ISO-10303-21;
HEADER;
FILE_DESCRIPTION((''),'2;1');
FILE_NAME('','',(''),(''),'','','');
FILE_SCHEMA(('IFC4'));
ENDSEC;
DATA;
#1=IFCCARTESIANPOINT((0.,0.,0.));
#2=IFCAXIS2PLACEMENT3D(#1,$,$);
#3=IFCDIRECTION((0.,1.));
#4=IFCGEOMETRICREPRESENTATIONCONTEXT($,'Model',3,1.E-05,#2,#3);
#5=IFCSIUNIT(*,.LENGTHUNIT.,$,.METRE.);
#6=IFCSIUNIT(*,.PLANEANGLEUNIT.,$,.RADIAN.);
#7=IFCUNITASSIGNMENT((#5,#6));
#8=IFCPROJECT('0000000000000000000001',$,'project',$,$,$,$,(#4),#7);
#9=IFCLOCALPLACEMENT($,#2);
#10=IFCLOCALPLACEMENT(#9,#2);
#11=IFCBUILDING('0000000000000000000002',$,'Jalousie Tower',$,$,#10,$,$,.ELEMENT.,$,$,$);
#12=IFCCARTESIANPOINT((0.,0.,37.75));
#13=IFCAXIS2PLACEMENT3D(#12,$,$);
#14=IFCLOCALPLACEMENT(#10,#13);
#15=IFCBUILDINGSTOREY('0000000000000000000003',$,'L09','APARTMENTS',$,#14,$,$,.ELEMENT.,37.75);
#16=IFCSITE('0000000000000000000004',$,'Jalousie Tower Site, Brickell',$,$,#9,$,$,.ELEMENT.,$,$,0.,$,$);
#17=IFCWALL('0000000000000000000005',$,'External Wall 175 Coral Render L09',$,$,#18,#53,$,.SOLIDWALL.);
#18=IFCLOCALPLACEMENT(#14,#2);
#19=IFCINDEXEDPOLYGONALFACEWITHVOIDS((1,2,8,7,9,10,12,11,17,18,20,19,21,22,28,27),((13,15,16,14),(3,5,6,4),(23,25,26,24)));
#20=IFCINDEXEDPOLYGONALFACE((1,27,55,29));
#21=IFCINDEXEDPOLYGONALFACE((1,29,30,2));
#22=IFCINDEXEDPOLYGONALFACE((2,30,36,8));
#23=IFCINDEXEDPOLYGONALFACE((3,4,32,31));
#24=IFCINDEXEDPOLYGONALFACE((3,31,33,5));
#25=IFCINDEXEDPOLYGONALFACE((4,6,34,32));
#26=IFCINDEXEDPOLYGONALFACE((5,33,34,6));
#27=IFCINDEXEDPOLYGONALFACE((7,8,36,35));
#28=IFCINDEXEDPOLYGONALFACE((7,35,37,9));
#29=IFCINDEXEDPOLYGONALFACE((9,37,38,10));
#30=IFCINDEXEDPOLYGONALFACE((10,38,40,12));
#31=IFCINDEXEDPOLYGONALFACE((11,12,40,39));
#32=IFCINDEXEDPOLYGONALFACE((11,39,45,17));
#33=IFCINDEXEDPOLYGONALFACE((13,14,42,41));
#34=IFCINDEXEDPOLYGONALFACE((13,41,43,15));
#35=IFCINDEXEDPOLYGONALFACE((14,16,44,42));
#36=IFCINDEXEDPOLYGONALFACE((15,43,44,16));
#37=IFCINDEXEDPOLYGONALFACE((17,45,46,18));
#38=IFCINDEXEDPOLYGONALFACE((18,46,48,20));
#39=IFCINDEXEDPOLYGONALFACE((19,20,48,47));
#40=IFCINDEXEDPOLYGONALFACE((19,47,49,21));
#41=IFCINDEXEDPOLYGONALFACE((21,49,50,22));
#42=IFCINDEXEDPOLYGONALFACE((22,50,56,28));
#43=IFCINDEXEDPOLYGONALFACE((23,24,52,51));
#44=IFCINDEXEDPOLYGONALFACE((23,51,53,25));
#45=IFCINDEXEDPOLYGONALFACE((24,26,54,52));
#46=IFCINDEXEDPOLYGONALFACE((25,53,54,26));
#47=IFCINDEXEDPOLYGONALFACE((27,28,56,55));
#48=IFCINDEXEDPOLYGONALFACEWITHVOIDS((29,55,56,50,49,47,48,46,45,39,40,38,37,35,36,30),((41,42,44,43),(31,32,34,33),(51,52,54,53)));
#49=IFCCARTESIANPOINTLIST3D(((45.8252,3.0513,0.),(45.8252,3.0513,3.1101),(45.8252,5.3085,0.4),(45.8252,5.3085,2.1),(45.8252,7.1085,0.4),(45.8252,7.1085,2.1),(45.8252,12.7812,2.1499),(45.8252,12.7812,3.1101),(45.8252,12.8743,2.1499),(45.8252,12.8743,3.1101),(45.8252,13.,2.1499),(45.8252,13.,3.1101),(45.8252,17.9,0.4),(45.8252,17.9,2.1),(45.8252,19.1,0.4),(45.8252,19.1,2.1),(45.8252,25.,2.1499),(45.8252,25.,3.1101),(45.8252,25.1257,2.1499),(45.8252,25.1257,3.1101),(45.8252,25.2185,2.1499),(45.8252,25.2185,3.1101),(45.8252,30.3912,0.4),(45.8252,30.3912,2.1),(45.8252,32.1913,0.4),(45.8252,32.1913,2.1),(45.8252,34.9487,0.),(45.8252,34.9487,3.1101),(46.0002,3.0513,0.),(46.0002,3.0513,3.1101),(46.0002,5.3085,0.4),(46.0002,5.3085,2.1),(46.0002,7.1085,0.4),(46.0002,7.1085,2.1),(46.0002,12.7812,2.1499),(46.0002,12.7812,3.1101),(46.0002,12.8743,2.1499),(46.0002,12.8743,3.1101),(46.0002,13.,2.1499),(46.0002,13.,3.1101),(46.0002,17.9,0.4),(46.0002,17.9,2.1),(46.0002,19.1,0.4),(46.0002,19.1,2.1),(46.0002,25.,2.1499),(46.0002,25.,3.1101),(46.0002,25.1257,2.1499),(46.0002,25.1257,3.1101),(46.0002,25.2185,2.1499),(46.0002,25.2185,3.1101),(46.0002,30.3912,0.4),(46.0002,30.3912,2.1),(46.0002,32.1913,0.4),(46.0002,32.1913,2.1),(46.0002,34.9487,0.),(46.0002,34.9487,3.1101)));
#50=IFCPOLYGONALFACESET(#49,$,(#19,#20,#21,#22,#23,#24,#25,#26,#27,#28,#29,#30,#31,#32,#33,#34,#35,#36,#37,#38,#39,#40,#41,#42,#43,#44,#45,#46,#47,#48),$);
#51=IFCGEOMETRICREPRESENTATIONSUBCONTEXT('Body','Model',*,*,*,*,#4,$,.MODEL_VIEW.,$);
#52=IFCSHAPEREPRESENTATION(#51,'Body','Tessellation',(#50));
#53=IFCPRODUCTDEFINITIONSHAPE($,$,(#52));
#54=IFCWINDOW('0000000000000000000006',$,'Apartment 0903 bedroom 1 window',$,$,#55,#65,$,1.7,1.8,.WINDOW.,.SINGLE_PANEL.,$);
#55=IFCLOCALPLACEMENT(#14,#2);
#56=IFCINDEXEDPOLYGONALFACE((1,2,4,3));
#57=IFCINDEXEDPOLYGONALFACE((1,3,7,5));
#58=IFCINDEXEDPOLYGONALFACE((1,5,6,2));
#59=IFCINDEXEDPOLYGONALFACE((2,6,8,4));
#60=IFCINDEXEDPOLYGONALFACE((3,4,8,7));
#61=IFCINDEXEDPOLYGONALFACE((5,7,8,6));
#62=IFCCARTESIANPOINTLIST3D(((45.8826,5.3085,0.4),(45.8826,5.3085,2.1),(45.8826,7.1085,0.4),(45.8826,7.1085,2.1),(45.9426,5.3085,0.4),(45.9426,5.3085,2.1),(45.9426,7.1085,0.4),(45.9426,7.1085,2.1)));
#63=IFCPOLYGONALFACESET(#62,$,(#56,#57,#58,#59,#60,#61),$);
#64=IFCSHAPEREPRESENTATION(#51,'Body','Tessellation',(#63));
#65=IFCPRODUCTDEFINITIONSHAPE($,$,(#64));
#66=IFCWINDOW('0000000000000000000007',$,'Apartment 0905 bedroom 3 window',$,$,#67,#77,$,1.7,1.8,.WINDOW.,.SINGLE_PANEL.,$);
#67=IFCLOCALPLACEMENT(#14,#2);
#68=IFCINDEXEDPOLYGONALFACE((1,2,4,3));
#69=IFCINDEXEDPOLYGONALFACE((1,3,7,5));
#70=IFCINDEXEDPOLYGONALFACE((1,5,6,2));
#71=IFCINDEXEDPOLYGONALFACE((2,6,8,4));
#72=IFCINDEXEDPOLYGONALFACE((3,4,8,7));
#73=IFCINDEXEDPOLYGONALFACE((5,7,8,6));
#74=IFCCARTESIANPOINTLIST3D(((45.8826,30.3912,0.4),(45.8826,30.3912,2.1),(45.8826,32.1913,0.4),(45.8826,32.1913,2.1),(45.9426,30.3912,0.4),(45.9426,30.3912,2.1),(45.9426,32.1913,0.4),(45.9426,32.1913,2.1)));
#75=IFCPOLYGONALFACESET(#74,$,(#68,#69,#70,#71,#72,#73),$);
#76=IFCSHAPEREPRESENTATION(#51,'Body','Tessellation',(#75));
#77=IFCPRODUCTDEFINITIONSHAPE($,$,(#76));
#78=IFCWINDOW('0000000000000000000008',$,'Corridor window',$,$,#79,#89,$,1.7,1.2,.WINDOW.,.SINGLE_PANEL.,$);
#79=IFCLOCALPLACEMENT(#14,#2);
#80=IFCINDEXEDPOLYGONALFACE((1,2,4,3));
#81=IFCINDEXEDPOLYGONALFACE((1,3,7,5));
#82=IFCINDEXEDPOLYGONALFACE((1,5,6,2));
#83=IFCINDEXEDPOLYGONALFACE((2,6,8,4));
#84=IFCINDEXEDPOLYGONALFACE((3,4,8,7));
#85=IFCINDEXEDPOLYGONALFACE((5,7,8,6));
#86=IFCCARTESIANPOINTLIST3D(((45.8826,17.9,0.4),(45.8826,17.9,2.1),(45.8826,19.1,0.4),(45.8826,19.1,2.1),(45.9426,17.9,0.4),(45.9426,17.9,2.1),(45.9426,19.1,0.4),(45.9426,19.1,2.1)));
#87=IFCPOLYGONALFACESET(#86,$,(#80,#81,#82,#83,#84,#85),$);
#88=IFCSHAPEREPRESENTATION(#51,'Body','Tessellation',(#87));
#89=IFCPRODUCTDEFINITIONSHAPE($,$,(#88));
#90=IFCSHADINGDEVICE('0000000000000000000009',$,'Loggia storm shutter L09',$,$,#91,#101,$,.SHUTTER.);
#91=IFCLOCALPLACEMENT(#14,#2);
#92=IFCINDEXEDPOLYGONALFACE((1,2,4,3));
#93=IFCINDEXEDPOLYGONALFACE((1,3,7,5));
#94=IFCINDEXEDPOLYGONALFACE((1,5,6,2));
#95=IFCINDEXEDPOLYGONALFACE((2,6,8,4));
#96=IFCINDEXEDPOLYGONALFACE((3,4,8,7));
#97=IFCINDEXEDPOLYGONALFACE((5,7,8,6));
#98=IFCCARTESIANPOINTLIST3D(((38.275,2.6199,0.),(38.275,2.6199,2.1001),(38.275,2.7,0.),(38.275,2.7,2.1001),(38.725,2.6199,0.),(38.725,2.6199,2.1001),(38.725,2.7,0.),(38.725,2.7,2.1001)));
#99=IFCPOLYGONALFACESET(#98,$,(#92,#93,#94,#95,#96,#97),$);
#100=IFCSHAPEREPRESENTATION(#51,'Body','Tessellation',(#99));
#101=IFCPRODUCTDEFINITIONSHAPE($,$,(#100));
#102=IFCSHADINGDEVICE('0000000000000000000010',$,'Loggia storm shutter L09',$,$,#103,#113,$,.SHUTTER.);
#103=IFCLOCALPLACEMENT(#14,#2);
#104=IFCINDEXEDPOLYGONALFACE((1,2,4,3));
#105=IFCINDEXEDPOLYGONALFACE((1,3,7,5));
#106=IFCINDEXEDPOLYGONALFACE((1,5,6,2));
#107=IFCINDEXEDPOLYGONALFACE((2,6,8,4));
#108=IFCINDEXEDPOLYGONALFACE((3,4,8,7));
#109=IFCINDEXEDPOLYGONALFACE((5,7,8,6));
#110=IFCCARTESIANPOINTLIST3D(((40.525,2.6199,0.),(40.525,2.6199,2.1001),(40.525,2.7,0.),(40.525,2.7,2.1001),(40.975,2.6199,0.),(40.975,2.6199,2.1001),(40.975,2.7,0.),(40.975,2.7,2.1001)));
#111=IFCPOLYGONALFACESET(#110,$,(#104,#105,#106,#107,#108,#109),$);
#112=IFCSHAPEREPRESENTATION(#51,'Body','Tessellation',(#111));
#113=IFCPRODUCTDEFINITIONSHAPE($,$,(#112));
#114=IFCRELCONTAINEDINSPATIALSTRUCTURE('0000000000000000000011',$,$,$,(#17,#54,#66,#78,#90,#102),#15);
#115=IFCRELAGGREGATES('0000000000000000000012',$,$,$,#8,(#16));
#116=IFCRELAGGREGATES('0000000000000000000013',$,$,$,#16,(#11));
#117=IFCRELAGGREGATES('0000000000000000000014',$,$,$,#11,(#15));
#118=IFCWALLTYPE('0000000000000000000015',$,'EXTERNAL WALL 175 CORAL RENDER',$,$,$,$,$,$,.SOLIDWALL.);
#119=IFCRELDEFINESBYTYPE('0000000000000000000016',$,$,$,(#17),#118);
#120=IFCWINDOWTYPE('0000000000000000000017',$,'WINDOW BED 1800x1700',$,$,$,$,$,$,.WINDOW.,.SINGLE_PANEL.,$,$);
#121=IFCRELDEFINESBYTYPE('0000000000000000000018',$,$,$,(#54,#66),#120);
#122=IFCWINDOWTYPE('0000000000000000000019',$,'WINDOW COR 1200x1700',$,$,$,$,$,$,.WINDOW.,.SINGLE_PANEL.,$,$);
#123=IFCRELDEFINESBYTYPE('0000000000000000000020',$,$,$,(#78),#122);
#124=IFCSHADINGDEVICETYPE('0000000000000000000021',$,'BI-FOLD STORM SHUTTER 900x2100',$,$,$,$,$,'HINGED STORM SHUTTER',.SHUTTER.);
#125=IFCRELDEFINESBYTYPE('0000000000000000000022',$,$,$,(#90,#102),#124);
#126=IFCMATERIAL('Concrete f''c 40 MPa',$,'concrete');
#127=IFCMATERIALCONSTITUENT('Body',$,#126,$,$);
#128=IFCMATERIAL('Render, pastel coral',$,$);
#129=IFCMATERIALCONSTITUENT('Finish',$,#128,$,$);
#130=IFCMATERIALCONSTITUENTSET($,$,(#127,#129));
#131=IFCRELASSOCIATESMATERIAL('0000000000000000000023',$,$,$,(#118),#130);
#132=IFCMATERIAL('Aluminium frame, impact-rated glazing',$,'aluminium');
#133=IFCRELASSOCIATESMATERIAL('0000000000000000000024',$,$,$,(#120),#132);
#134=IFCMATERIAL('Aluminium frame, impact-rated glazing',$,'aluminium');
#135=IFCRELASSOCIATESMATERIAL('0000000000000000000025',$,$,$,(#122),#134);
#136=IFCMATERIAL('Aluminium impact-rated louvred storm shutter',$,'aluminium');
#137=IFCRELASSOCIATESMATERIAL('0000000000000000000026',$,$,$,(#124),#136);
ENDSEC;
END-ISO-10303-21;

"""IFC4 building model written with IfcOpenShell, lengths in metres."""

from ifc_helpers import new_model, si_unit, direction, frame, frame_2d, origin, origin_2d, place, context, subcontext, project, spatial, polyline, rectangle, outline, extrude, material, constituent, constituent_set, type_object, element, fill, save


model = new_model("IFC4")

# Units and contexts
model_context = context("Model", 3, precision=1e-05, world=origin(), true_north=direction((0.0, 1.0)))
body_context = subcontext(model_context, "Body", "Model", "MODEL_VIEW")
ifc_project = project(units=[si_unit("LENGTHUNIT", "METRE"), si_unit("PLANEANGLEUNIT", "RADIAN")], contexts=[model_context])

# Site, building, storey
site_placement = place(None, origin())
site = spatial("IfcSite", under=ifc_project, at=site_placement, Name="Jalousie Tower Site, Brickell", CompositionType="ELEMENT", RefElevation=0.0)
building_placement = place(site_placement, origin())
building = spatial("IfcBuilding", under=site, at=building_placement, Name="Jalousie Tower", CompositionType="ELEMENT")
storey_placement = place(building_placement, frame((0.0, 0.0, 37.75)))
storey = spatial("IfcBuildingStorey", under=building, at=storey_placement, Name="L09", Description="APARTMENTS", CompositionType="ELEMENT", Elevation=37.75)

# Shared definitions
ifc_material_1 = material(Name="Concrete f'c 40 MPa", Category="concrete")
ifc_constituent_1 = constituent(ifc_material_1, Name="Body")
ifc_material_2 = material(Name="Render, pastel coral")
ifc_constituent_2 = constituent(ifc_material_2, Name="Finish")
ifc_constituent_set = constituent_set(constituents=[ifc_constituent_1, ifc_constituent_2])
wall_type = type_object("IfcWallType", Name="EXTERNAL WALL 175 CORAL RENDER", PredefinedType="SOLIDWALL", material=ifc_constituent_set)

# Wall, openings, windows
wall_1_placement = place(storey_placement, frame((45.9126, 3.0513, 0.0), z_axis=(0.0, 0.0, 1.0), x_axis=(0.0, 1.0, 0.0)))
wall_1 = element("IfcWall", 1, at=wall_1_placement, inside=storey, type_object=wall_type, Name="External Wall 175 Coral Render L09", PredefinedType="SOLIDWALL", context=body_context, shape_type="SweptSolid", body=[
    extrude(outline(polyline([(0.0, 0.0), (31.8975, 0.0), (31.8975, 3.1101), (22.1672, 3.1101), (22.1672, 2.1499), (22.0745, 2.1499), (22.0745, 3.1101), (21.9487, 3.1101), (21.9487, 2.1499), (9.9487, 2.1499), (9.9487, 3.1101), (9.823, 3.1101), (9.823, 2.1499), (9.73, 2.1499), (9.73, 3.1101), (0.0, 3.1101), (0.0, 0.0)])), frame((0.0, 0.0874, 0.0), z_axis=(0.0, -1.0, 0.0), x_axis=(1.0, 0.0, 0.0)), (0.0, 0.0, 1.0), 0.175),
])
opening_1_placement = place(wall_1_placement, frame((2.2573, 0.0, 0.3999)))
opening_1 = element("IfcOpeningElement", 2, at=opening_1_placement, cuts=wall_1, PredefinedType="OPENING", context=body_context, shape_type="SweptSolid", body=[
    extrude(rectangle(XDim=1.8, YDim=1.7, at=frame_2d((0.8999, 0.8501))), frame((0.0, 0.0974, 0.0), z_axis=(0.0, -1.0, 0.0), x_axis=(1.0, 0.0, 0.0)), (0.0, 0.0, 1.0), 0.1951),
])
opening_2_placement = place(wall_1_placement, frame((14.8486, 0.0, 0.3999)))
opening_2 = element("IfcOpeningElement", 3, at=opening_2_placement, cuts=wall_1, PredefinedType="OPENING", context=body_context, shape_type="SweptSolid", body=[
    extrude(rectangle(XDim=1.2, YDim=1.7, at=frame_2d((0.6001, 0.8501))), frame((0.0, 0.0974, 0.0), z_axis=(0.0, -1.0, 0.0), x_axis=(1.0, 0.0, 0.0)), (0.0, 0.0, 1.0), 0.1951),
])
opening_3_placement = place(wall_1_placement, frame((27.3401, 0.0, 0.3999)))
opening_3 = element("IfcOpeningElement", 4, at=opening_3_placement, cuts=wall_1, PredefinedType="OPENING", context=body_context, shape_type="SweptSolid", body=[
    extrude(rectangle(XDim=1.8, YDim=1.7, at=frame_2d((0.8999, 0.8501))), frame((0.0, 0.0974, 0.0), z_axis=(0.0, -1.0, 0.0), x_axis=(1.0, 0.0, 0.0)), (0.0, 0.0, 1.0), 0.1951),
])
ifc_material_3 = material(Name="Aluminium frame, impact-rated glazing", Category="aluminium")
window_type_1 = type_object("IfcWindowType", Name="WINDOW BED 1800x1700", PartitioningType="SINGLE_PANEL", PredefinedType="WINDOW", material=ifc_material_3)
window_1_placement = place(opening_1_placement, origin())
window_1 = element("IfcWindow", 5, at=window_1_placement, inside=storey, type_object=window_type_1, Name="Apartment 0903 bedroom 1 window", OverallHeight=1.7, OverallWidth=1.8, PartitioningType="SINGLE_PANEL", PredefinedType="WINDOW", context=body_context, shape_type="SweptSolid", body=[
    extrude(rectangle(XDim=1.8, YDim=1.7, at=frame_2d((0.8999, 0.8501))), frame((0.0, 0.03, 0.0), z_axis=(0.0, -1.0, 0.0), x_axis=(1.0, 0.0, 0.0)), (0.0, 0.0, 1.0), 0.0601),
])
fill(opening_1, window_1)
window_2_placement = place(opening_3_placement, origin())
window_2 = element("IfcWindow", 6, at=window_2_placement, inside=storey, type_object=window_type_1, Name="Apartment 0905 bedroom 3 window", OverallHeight=1.7, OverallWidth=1.8, PartitioningType="SINGLE_PANEL", PredefinedType="WINDOW", context=body_context, shape_type="SweptSolid", body=[
    extrude(rectangle(XDim=1.8, YDim=1.7, at=frame_2d((0.8999, 0.8501))), frame((0.0, 0.03, 0.0), z_axis=(0.0, -1.0, 0.0), x_axis=(1.0, 0.0, 0.0)), (0.0, 0.0, 1.0), 0.0601),
])
fill(opening_3, window_2)
ifc_material_4 = material(Name="Aluminium frame, impact-rated glazing", Category="aluminium")
window_type_2 = type_object("IfcWindowType", Name="WINDOW COR 1200x1700", PartitioningType="SINGLE_PANEL", PredefinedType="WINDOW", material=ifc_material_4)
window_3_placement = place(opening_2_placement, origin())
window_3 = element("IfcWindow", 7, at=window_3_placement, inside=storey, type_object=window_type_2, Name="Corridor window", OverallHeight=1.7, OverallWidth=1.2, PartitioningType="SINGLE_PANEL", PredefinedType="WINDOW", context=body_context, shape_type="SweptSolid", body=[
    extrude(rectangle(XDim=1.2, YDim=1.7, at=frame_2d((0.6001, 0.8501))), frame((0.0, 0.03, 0.0), z_axis=(0.0, -1.0, 0.0), x_axis=(1.0, 0.0, 0.0)), (0.0, 0.0, 1.0), 0.0601),
])
fill(opening_2, window_3)

# Shading devices
ifc_material_5 = material(Name="Aluminium impact-rated louvred storm shutter", Category="aluminium")
shading_device_type_1 = type_object("IfcShadingDeviceType", Name="BI-FOLD STORM SHUTTER 900x2100", ElementType="HINGED STORM SHUTTER", PredefinedType="SHUTTER", material=ifc_material_5)
for number, where, z_axis, x_axis, name in (
    (8, (38.5, 2.6599, 0.0), (0.0, 0.0, 1.0), (1.0, 0.0, 0.0), "Loggia storm shutter L09"),
    (9, (40.75, 2.6599, 0.0), (0.0, 0.0, 1.0), (1.0, 0.0, 0.0), "Loggia storm shutter L09"),
):
    element("IfcShadingDevice", number, at=place(storey_placement, frame(where, z_axis=z_axis, x_axis=x_axis)), inside=storey, type_object=shading_device_type_1, Name=name, PredefinedType="SHUTTER", context=body_context, shape_type="SweptSolid", body=[
        extrude(rectangle(XDim=0.45, YDim=0.0801, at=origin_2d()), origin(), (0.0, 0.0, 1.0), 2.1001),
    ])

save(model, "model.ifc")
